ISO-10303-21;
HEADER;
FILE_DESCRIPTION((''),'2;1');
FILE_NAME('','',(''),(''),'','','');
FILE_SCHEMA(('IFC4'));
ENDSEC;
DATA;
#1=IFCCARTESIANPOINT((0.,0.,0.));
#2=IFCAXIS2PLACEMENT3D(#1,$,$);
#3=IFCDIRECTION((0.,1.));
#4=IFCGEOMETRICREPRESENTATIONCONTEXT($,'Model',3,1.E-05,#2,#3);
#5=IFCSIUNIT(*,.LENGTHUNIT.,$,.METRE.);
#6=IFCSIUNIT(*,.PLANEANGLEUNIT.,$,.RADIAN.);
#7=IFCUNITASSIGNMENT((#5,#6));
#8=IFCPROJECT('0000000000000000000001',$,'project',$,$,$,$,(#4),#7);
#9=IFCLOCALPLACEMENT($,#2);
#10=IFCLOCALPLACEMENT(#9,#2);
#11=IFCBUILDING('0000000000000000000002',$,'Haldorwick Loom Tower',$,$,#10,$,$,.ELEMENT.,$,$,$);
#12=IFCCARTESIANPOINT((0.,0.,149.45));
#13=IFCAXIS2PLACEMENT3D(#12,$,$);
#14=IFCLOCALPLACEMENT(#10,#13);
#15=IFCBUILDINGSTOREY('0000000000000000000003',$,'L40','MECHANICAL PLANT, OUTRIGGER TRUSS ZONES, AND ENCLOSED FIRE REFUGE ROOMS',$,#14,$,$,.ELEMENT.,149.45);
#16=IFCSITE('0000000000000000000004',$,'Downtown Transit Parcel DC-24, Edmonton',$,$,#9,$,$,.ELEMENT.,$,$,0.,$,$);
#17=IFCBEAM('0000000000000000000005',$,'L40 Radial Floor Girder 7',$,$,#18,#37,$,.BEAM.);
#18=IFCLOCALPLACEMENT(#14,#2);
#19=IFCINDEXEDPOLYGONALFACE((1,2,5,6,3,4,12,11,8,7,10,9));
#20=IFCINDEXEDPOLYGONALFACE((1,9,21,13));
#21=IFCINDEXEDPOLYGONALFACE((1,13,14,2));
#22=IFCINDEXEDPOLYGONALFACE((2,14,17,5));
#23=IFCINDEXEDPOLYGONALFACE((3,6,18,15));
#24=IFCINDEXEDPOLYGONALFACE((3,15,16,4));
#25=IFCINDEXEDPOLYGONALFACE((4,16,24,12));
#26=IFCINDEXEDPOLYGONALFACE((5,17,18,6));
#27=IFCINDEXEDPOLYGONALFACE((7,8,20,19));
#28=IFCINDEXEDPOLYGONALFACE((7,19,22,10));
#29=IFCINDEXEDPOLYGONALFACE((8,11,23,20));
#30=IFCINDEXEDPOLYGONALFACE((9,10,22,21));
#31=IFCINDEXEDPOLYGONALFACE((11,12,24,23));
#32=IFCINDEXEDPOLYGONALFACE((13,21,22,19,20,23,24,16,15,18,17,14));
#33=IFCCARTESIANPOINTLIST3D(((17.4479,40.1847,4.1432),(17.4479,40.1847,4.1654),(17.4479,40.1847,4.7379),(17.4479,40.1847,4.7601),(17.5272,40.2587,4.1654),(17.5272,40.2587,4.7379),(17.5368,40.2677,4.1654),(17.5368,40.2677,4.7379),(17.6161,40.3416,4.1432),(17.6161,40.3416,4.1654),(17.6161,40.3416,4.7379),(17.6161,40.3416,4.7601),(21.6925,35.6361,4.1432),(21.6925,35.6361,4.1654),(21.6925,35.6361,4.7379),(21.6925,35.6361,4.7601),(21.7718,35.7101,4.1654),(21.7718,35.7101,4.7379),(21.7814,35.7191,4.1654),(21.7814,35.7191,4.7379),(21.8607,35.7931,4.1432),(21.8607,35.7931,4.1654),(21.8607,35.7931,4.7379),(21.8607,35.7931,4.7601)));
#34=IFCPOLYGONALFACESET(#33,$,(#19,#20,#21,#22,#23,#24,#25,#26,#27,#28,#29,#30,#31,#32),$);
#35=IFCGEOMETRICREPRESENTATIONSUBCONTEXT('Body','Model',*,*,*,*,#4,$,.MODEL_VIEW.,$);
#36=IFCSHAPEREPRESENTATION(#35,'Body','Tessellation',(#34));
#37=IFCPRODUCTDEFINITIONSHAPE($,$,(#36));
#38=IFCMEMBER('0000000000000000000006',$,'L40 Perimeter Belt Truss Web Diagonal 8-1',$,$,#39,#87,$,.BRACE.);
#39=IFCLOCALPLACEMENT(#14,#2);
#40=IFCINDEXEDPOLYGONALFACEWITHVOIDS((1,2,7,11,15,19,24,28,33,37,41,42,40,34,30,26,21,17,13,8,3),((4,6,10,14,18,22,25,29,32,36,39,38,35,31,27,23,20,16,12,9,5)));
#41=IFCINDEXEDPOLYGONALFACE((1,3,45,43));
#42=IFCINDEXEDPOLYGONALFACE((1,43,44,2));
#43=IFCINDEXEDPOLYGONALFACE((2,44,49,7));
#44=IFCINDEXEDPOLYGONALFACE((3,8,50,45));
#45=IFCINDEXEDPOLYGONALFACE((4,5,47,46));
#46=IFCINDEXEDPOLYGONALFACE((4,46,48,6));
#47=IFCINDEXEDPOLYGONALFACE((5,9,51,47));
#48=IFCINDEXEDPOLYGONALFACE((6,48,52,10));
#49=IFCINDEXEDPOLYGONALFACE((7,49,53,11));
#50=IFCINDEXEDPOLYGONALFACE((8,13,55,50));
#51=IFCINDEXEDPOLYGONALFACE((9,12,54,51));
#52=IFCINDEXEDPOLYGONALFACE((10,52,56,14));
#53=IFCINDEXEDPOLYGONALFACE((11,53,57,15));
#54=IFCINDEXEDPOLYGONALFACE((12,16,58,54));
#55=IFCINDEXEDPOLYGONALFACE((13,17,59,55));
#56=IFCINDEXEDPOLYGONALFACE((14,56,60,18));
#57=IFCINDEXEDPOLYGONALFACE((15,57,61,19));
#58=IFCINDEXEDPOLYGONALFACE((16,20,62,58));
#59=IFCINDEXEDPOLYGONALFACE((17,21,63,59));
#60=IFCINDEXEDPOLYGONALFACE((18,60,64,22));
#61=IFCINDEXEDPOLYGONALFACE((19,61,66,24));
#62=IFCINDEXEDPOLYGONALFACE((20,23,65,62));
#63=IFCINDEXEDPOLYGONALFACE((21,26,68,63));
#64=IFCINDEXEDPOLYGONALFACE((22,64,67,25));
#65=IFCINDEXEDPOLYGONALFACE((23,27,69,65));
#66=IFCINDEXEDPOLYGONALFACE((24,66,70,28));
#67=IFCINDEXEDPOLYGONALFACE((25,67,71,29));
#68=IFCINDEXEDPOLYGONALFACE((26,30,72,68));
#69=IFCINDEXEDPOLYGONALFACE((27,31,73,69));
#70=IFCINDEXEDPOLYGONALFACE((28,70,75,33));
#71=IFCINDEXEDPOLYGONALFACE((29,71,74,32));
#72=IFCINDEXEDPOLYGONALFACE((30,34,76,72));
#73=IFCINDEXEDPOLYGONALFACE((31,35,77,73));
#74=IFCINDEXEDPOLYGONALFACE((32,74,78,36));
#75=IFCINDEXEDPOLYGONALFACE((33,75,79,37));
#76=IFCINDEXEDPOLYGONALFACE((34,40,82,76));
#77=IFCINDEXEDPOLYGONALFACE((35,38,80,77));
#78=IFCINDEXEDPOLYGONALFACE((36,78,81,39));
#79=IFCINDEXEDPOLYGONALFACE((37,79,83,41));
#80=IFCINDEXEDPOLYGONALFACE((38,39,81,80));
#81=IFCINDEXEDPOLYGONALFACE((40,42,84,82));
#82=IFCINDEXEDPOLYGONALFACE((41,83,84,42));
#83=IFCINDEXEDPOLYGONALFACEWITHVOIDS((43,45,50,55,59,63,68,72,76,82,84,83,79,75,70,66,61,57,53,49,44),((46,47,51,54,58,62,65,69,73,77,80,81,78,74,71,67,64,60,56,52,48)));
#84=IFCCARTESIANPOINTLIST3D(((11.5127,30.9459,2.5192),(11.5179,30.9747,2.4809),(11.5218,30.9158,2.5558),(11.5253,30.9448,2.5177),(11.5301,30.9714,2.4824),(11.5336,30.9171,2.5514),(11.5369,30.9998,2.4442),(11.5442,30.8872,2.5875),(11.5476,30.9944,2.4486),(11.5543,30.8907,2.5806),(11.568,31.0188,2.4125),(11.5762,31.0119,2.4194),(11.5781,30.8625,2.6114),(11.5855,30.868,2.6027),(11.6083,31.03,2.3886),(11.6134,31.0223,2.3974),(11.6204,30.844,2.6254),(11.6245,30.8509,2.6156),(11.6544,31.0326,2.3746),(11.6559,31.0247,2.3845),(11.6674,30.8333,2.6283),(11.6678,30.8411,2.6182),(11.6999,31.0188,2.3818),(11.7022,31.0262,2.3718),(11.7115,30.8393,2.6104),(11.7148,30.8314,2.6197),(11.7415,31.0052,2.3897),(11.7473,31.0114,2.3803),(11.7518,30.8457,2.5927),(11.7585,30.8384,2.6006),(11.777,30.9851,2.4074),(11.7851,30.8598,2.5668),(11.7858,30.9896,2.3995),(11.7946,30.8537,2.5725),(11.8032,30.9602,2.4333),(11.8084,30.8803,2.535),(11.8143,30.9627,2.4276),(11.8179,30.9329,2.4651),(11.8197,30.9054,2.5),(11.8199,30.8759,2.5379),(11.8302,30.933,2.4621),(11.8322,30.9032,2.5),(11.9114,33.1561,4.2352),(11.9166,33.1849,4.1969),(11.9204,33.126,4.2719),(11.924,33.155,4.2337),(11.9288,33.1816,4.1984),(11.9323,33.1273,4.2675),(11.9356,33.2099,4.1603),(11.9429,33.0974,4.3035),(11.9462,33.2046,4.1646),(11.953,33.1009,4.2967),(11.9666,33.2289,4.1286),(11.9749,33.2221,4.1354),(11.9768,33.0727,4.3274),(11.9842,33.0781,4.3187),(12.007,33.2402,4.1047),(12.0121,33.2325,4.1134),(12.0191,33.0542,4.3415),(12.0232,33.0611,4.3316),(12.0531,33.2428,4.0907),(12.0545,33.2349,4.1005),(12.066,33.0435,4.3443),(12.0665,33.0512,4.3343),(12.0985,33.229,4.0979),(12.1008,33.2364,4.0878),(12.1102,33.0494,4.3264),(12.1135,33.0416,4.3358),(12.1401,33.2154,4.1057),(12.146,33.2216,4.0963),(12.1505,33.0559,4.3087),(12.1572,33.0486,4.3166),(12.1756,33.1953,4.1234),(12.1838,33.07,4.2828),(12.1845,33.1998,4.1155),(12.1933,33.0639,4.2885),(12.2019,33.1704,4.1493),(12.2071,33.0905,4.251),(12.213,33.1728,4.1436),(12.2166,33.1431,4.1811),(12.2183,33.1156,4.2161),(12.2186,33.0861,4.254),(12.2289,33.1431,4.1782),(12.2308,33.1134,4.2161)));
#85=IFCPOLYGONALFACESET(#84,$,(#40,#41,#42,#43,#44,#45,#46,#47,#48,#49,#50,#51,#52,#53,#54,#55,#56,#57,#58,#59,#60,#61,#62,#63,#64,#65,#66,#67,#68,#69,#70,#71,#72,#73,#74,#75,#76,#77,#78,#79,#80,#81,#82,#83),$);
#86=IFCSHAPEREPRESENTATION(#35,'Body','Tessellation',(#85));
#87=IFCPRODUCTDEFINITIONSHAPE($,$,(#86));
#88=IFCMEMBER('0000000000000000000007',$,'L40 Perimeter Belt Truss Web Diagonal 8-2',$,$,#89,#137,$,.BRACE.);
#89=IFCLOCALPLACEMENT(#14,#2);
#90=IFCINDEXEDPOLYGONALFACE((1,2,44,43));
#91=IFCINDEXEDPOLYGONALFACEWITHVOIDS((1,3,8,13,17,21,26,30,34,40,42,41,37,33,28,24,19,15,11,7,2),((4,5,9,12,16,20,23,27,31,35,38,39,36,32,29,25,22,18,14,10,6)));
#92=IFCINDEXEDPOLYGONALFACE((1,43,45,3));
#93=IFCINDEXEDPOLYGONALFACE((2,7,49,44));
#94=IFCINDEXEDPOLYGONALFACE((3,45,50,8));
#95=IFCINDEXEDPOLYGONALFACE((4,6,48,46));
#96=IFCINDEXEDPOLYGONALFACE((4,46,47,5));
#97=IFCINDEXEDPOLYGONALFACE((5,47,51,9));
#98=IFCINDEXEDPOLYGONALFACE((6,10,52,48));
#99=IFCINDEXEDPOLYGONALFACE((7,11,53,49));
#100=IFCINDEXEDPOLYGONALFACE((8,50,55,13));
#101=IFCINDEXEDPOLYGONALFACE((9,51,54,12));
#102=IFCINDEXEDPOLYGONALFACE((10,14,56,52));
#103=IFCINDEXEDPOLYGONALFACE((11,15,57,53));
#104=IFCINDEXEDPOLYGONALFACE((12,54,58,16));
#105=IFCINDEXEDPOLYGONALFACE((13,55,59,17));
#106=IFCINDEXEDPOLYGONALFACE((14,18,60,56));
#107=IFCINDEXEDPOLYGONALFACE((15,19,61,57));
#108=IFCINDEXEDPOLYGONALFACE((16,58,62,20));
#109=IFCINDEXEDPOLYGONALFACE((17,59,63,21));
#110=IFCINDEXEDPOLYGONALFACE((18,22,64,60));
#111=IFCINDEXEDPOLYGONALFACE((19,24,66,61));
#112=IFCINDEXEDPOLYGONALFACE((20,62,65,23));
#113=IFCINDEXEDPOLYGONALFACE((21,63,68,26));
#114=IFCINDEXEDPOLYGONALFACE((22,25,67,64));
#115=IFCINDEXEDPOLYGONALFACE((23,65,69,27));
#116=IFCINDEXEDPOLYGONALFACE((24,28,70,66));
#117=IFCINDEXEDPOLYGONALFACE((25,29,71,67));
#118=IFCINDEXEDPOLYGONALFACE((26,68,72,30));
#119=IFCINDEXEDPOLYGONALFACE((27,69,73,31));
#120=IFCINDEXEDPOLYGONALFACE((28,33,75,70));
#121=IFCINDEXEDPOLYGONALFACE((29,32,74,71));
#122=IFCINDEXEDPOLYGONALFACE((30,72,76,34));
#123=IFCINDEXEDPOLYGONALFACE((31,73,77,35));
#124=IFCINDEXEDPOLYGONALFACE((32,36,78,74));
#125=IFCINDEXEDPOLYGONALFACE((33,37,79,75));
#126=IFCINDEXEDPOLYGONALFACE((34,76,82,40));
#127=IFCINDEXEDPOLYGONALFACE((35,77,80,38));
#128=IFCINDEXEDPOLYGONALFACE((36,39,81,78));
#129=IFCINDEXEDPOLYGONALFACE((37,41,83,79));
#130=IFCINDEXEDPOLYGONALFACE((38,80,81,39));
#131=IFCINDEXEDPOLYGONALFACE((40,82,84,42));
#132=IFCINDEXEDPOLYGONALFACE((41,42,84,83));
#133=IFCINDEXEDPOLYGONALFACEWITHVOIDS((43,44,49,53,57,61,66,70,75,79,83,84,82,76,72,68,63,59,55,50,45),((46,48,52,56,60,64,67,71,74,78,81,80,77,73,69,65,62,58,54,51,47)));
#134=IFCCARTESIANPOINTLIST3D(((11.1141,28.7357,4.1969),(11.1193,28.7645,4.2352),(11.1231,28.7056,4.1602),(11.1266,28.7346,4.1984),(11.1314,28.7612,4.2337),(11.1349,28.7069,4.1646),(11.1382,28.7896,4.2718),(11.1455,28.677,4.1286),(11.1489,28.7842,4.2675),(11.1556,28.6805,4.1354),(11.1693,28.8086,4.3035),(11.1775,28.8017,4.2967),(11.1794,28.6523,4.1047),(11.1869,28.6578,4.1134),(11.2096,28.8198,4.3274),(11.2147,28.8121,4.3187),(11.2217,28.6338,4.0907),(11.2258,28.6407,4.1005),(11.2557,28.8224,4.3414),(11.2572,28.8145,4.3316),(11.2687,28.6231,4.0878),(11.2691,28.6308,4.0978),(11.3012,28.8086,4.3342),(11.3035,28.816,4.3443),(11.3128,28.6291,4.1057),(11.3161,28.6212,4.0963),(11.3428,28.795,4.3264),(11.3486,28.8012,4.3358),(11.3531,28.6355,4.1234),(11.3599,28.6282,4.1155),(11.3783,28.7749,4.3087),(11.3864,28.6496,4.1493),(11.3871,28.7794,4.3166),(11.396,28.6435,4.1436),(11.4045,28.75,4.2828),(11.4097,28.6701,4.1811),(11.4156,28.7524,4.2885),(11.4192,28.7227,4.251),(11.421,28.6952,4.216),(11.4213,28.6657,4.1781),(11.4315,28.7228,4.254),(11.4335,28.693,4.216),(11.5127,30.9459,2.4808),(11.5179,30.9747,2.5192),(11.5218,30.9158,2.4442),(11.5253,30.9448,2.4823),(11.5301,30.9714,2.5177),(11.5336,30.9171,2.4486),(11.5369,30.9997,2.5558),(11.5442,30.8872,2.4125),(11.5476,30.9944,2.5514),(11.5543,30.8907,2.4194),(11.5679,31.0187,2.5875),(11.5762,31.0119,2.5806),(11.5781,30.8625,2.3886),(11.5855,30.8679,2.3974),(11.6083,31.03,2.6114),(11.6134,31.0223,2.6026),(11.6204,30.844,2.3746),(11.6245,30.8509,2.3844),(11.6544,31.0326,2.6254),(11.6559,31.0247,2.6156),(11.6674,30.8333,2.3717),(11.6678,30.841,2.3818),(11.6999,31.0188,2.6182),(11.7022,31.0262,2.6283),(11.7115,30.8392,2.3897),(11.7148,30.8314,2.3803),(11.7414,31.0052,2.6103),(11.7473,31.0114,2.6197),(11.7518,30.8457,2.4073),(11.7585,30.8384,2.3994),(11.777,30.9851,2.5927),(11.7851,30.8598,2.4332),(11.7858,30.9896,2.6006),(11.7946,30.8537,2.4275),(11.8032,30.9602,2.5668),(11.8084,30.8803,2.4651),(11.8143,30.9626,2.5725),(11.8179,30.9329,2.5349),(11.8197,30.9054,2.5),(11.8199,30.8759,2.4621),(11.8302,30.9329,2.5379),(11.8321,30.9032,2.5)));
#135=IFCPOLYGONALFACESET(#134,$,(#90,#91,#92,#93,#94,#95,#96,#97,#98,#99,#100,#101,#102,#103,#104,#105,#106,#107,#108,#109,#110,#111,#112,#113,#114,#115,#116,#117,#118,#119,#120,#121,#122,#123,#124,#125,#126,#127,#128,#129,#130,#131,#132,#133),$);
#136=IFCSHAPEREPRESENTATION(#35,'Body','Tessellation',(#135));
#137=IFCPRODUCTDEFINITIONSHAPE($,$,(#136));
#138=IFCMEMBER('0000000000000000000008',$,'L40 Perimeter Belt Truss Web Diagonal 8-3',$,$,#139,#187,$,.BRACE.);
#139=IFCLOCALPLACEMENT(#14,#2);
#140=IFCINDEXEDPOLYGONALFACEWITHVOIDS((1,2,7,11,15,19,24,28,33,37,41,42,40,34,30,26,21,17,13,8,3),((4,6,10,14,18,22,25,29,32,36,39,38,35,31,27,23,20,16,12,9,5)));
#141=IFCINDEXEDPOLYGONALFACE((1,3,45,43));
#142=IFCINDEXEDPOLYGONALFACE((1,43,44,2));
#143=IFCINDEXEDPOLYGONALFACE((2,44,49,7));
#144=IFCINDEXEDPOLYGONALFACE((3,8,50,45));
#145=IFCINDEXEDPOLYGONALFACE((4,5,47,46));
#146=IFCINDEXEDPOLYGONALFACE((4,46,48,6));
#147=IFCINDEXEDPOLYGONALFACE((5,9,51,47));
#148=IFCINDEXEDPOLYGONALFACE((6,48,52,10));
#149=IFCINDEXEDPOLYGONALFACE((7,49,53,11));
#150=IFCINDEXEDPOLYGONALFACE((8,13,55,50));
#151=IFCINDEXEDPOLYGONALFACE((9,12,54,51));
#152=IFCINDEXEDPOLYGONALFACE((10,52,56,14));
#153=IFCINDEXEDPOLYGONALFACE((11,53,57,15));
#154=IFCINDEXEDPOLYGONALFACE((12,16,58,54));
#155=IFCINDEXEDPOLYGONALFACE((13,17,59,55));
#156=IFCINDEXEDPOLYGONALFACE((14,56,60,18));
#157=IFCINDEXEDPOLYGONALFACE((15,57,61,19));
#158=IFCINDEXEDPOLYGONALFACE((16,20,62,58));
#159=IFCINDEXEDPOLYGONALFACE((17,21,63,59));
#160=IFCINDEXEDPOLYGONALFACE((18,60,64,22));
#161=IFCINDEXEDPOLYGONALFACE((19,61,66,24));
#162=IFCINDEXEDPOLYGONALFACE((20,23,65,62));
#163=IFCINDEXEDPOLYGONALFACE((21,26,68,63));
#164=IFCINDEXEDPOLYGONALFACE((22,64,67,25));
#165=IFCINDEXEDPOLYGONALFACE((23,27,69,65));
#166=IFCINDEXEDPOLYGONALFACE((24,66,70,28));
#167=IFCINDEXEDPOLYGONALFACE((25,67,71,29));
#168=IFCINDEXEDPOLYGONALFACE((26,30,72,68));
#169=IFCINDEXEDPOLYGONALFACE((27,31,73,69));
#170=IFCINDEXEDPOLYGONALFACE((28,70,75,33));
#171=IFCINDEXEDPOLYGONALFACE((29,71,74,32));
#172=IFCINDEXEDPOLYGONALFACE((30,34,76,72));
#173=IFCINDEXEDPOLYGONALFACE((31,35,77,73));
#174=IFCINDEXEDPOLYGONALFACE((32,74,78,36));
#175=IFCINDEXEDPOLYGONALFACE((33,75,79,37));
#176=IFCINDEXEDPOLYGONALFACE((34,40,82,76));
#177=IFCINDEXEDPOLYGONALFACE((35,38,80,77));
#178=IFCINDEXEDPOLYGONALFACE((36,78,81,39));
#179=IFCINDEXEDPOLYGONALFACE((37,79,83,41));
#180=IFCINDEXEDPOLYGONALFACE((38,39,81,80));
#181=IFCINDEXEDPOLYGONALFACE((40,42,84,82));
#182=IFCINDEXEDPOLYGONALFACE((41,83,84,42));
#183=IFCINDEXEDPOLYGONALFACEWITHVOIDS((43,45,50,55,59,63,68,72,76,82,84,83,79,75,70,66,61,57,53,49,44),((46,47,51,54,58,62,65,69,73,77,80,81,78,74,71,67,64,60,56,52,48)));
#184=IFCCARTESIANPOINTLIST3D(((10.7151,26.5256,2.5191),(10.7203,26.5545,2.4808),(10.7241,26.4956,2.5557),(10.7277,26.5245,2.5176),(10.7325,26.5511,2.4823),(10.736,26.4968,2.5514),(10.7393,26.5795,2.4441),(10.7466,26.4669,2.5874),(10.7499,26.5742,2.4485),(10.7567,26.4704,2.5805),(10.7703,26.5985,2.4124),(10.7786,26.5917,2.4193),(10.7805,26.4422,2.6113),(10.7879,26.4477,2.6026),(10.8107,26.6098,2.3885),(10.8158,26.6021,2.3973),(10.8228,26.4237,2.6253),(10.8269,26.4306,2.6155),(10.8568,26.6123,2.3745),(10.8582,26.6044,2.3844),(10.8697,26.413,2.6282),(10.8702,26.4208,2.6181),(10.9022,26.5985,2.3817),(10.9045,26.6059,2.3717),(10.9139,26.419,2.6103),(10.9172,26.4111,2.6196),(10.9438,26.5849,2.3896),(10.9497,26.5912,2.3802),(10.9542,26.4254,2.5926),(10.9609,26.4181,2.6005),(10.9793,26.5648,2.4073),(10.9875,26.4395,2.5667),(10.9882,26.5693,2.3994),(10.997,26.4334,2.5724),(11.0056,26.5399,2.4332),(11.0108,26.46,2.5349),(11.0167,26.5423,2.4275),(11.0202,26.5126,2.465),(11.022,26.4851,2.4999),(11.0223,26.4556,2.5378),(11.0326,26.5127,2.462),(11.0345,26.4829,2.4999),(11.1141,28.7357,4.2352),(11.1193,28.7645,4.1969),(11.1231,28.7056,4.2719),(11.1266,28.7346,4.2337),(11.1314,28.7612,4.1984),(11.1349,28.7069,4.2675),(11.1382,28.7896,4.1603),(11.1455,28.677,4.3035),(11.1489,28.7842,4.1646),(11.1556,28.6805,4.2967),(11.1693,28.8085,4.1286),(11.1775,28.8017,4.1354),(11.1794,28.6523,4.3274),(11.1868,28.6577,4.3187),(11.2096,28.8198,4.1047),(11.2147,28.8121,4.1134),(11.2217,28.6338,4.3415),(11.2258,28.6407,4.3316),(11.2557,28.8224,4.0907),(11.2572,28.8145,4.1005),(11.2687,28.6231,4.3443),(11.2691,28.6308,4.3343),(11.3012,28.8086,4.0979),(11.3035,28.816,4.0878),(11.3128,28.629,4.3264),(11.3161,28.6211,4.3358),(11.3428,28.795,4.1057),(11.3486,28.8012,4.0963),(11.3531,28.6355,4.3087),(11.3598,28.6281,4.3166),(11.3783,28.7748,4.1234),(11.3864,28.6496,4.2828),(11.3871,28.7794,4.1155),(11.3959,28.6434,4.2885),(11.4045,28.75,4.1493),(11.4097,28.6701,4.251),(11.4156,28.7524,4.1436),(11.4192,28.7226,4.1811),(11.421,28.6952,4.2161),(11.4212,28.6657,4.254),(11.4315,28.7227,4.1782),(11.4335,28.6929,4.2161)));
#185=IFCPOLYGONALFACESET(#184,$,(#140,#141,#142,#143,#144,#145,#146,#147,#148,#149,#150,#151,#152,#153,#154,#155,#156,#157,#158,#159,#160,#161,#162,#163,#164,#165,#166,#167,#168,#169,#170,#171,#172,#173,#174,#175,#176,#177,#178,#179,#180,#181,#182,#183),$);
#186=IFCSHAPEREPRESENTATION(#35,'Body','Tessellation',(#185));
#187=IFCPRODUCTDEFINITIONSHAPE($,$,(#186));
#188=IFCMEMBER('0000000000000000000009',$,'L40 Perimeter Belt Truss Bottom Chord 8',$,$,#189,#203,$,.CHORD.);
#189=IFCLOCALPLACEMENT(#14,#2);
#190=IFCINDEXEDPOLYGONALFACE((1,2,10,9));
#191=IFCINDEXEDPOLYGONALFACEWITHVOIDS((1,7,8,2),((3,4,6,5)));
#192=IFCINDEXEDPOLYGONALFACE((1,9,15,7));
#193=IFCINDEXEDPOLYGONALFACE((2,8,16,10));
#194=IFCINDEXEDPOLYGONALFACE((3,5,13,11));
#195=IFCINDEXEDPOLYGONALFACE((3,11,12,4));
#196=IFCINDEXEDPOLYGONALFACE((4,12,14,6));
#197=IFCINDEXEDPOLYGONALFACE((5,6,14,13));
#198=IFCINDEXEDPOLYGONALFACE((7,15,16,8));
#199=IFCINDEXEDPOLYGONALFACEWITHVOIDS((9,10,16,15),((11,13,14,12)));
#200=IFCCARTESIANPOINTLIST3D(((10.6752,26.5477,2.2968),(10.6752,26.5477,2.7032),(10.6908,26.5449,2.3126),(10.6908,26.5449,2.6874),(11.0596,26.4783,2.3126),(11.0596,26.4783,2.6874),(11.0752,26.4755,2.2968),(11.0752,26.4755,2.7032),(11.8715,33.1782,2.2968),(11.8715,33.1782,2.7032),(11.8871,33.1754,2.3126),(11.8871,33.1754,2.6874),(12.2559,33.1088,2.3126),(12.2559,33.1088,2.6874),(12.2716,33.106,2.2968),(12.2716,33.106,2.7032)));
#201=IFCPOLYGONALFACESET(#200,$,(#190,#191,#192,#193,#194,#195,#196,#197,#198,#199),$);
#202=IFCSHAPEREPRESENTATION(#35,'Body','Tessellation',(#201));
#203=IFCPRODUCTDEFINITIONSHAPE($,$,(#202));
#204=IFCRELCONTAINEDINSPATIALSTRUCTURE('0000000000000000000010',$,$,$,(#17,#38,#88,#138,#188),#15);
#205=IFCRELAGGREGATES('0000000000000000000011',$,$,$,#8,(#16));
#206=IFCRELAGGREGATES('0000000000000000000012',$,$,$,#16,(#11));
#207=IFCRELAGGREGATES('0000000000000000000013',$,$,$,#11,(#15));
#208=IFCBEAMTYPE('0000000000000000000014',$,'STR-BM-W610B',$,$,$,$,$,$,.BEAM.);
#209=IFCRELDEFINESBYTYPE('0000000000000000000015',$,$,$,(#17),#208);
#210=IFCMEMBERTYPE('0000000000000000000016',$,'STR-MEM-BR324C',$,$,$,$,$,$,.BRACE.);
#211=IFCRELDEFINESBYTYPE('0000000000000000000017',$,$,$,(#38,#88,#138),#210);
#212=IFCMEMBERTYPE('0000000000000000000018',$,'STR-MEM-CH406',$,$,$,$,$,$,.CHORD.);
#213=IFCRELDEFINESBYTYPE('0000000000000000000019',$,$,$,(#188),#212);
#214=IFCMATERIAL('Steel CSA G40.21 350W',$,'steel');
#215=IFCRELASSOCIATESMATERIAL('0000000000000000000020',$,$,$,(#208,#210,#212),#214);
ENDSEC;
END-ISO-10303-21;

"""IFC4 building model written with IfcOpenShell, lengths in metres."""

from ifc_helpers import new_model, si_unit, direction, frame, origin, origin_2d, place, context, subcontext, project, spatial, hollow_rectangle, hollow_circle, i_section, extrude, material, material_profile, profile_set, type_object, element, save


model = new_model("IFC4")

# Units and contexts
model_context = context("Model", 3, precision=1e-05, world=origin(), true_north=direction((0.0, 1.0)))
body_context = subcontext(model_context, "Body", "Model", "MODEL_VIEW")
ifc_project = project(units=[si_unit("LENGTHUNIT", "METRE"), si_unit("PLANEANGLEUNIT", "RADIAN")], contexts=[model_context])

# Site, building, storey
site_placement = place(None, origin())
site = spatial("IfcSite", under=ifc_project, at=site_placement, Name="Downtown Transit Parcel DC-24, Edmonton", CompositionType="ELEMENT", RefElevation=0.0)
building_placement = place(site_placement, origin())
building = spatial("IfcBuilding", under=site, at=building_placement, Name="Haldorwick Loom Tower", CompositionType="ELEMENT")
storey_placement = place(building_placement, frame((0.0, 0.0, 149.45)))
storey = spatial("IfcBuildingStorey", under=building, at=storey_placement, Name="L40", Description="MECHANICAL PLANT, OUTRIGGER TRUSS ZONES, AND ENCLOSED FIRE REFUGE ROOMS", CompositionType="ELEMENT", Elevation=149.45)

# Beam
ifc_material_1 = material(Name="Steel CSA G40.21 350W", Category="steel")
ifc_material_profile_1 = material_profile(ifc_material_1, i_section(OverallWidth=0.23, OverallDepth=0.6169, WebThickness=0.0132, FlangeThickness=0.0222, at=origin_2d()), Name="W610X140", Category="steel")
ifc_profile_set_1 = profile_set([ifc_material_profile_1], Name="Steel CSA G40.21 350W")
beam_type_1 = type_object("IfcBeamType", Name="STR-BM-W610B", PredefinedType="BEAM", material=ifc_profile_set_1)
beam_1_placement = place(storey_placement, frame((21.7766, 35.7146, 4.4517), z_axis=(-0.682257, 0.731113, 0.0), x_axis=(-0.731113, -0.682257, 0.0)))
element("IfcBeam", 1, at=beam_1_placement, inside=storey, type_object=beam_type_1, Name="L40 Radial Floor Girder 7", PredefinedType="BEAM", context=body_context, shape_type="SweptSolid", body=[
    extrude(i_section(OverallWidth=0.23, OverallDepth=0.6169, WebThickness=0.0132, FlangeThickness=0.0222, at=origin_2d()), origin(), (0.0, 0.0, 1.0), 6.2214),
])

# Members
ifc_material_profile_2 = material_profile(ifc_material_1, hollow_circle(Radius=0.1619, WallThickness=0.0127, at=origin_2d()), Name="HSS324X13", Category="steel")
ifc_profile_set_2 = profile_set([ifc_material_profile_2], Name="Steel CSA G40.21 350W")
member_type_1 = type_object("IfcMemberType", Name="STR-MEM-BR324C", PredefinedType="BRACE", material=ifc_profile_set_2)
for number, where, z_axis, x_axis, name in (
    (2, (12.0715, 33.1421, 4.2161), (-0.141054, -0.781972, -0.607144), (0.984118, -0.177517, 0.0), "L40 Perimeter Belt Truss Web Diagonal 8-1"),
    (3, (11.6729, 30.9319, 2.5), (-0.141054, -0.781972, 0.607144), (0.984118, -0.177517, 0.0), "L40 Perimeter Belt Truss Web Diagonal 8-2"),
    (4, (11.2742, 28.7217, 4.2161), (-0.141148, -0.781928, -0.607178), (0.984095, -0.177642, 0.0), "L40 Perimeter Belt Truss Web Diagonal 8-3"),
):
    element("IfcMember", number, at=place(storey_placement, frame(where, z_axis=z_axis, x_axis=x_axis)), inside=storey, type_object=member_type_1, Name=name, PredefinedType="BRACE", context=body_context, shape_type="SweptSolid", body=[
        extrude(hollow_circle(Radius=0.1619, WallThickness=0.0127, at=origin_2d()), origin(), (0.0, 0.0, 1.0), 2.8264),
    ])
ifc_material_profile_3 = material_profile(ifc_material_1, hollow_rectangle(XDim=0.4065, YDim=0.4065, WallThickness=0.0159, at=origin_2d()), Name="HSS406X406X16", Category="steel")
ifc_profile_set_3 = profile_set([ifc_material_profile_3], Name="Steel CSA G40.21 350W")
member_type_2 = type_object("IfcMemberType", Name="STR-MEM-CH406", PredefinedType="CHORD", material=ifc_profile_set_3)
member_1_placement = place(storey_placement, frame((12.0715, 33.1421, 2.5), z_axis=(-0.177559, -0.98411, 0.0), x_axis=(0.98411, -0.177559, 0.0)))
element("IfcMember", 5, at=member_1_placement, inside=storey, type_object=member_type_2, Name="L40 Perimeter Belt Truss Bottom Chord 8", PredefinedType="CHORD", context=body_context, shape_type="SweptSolid", body=[
    extrude(hollow_rectangle(XDim=0.4065, YDim=0.4065, WallThickness=0.0159, at=origin_2d()), origin(), (0.0, 0.0, 1.0), 6.7375),
])

save(model, "model.ifc")
